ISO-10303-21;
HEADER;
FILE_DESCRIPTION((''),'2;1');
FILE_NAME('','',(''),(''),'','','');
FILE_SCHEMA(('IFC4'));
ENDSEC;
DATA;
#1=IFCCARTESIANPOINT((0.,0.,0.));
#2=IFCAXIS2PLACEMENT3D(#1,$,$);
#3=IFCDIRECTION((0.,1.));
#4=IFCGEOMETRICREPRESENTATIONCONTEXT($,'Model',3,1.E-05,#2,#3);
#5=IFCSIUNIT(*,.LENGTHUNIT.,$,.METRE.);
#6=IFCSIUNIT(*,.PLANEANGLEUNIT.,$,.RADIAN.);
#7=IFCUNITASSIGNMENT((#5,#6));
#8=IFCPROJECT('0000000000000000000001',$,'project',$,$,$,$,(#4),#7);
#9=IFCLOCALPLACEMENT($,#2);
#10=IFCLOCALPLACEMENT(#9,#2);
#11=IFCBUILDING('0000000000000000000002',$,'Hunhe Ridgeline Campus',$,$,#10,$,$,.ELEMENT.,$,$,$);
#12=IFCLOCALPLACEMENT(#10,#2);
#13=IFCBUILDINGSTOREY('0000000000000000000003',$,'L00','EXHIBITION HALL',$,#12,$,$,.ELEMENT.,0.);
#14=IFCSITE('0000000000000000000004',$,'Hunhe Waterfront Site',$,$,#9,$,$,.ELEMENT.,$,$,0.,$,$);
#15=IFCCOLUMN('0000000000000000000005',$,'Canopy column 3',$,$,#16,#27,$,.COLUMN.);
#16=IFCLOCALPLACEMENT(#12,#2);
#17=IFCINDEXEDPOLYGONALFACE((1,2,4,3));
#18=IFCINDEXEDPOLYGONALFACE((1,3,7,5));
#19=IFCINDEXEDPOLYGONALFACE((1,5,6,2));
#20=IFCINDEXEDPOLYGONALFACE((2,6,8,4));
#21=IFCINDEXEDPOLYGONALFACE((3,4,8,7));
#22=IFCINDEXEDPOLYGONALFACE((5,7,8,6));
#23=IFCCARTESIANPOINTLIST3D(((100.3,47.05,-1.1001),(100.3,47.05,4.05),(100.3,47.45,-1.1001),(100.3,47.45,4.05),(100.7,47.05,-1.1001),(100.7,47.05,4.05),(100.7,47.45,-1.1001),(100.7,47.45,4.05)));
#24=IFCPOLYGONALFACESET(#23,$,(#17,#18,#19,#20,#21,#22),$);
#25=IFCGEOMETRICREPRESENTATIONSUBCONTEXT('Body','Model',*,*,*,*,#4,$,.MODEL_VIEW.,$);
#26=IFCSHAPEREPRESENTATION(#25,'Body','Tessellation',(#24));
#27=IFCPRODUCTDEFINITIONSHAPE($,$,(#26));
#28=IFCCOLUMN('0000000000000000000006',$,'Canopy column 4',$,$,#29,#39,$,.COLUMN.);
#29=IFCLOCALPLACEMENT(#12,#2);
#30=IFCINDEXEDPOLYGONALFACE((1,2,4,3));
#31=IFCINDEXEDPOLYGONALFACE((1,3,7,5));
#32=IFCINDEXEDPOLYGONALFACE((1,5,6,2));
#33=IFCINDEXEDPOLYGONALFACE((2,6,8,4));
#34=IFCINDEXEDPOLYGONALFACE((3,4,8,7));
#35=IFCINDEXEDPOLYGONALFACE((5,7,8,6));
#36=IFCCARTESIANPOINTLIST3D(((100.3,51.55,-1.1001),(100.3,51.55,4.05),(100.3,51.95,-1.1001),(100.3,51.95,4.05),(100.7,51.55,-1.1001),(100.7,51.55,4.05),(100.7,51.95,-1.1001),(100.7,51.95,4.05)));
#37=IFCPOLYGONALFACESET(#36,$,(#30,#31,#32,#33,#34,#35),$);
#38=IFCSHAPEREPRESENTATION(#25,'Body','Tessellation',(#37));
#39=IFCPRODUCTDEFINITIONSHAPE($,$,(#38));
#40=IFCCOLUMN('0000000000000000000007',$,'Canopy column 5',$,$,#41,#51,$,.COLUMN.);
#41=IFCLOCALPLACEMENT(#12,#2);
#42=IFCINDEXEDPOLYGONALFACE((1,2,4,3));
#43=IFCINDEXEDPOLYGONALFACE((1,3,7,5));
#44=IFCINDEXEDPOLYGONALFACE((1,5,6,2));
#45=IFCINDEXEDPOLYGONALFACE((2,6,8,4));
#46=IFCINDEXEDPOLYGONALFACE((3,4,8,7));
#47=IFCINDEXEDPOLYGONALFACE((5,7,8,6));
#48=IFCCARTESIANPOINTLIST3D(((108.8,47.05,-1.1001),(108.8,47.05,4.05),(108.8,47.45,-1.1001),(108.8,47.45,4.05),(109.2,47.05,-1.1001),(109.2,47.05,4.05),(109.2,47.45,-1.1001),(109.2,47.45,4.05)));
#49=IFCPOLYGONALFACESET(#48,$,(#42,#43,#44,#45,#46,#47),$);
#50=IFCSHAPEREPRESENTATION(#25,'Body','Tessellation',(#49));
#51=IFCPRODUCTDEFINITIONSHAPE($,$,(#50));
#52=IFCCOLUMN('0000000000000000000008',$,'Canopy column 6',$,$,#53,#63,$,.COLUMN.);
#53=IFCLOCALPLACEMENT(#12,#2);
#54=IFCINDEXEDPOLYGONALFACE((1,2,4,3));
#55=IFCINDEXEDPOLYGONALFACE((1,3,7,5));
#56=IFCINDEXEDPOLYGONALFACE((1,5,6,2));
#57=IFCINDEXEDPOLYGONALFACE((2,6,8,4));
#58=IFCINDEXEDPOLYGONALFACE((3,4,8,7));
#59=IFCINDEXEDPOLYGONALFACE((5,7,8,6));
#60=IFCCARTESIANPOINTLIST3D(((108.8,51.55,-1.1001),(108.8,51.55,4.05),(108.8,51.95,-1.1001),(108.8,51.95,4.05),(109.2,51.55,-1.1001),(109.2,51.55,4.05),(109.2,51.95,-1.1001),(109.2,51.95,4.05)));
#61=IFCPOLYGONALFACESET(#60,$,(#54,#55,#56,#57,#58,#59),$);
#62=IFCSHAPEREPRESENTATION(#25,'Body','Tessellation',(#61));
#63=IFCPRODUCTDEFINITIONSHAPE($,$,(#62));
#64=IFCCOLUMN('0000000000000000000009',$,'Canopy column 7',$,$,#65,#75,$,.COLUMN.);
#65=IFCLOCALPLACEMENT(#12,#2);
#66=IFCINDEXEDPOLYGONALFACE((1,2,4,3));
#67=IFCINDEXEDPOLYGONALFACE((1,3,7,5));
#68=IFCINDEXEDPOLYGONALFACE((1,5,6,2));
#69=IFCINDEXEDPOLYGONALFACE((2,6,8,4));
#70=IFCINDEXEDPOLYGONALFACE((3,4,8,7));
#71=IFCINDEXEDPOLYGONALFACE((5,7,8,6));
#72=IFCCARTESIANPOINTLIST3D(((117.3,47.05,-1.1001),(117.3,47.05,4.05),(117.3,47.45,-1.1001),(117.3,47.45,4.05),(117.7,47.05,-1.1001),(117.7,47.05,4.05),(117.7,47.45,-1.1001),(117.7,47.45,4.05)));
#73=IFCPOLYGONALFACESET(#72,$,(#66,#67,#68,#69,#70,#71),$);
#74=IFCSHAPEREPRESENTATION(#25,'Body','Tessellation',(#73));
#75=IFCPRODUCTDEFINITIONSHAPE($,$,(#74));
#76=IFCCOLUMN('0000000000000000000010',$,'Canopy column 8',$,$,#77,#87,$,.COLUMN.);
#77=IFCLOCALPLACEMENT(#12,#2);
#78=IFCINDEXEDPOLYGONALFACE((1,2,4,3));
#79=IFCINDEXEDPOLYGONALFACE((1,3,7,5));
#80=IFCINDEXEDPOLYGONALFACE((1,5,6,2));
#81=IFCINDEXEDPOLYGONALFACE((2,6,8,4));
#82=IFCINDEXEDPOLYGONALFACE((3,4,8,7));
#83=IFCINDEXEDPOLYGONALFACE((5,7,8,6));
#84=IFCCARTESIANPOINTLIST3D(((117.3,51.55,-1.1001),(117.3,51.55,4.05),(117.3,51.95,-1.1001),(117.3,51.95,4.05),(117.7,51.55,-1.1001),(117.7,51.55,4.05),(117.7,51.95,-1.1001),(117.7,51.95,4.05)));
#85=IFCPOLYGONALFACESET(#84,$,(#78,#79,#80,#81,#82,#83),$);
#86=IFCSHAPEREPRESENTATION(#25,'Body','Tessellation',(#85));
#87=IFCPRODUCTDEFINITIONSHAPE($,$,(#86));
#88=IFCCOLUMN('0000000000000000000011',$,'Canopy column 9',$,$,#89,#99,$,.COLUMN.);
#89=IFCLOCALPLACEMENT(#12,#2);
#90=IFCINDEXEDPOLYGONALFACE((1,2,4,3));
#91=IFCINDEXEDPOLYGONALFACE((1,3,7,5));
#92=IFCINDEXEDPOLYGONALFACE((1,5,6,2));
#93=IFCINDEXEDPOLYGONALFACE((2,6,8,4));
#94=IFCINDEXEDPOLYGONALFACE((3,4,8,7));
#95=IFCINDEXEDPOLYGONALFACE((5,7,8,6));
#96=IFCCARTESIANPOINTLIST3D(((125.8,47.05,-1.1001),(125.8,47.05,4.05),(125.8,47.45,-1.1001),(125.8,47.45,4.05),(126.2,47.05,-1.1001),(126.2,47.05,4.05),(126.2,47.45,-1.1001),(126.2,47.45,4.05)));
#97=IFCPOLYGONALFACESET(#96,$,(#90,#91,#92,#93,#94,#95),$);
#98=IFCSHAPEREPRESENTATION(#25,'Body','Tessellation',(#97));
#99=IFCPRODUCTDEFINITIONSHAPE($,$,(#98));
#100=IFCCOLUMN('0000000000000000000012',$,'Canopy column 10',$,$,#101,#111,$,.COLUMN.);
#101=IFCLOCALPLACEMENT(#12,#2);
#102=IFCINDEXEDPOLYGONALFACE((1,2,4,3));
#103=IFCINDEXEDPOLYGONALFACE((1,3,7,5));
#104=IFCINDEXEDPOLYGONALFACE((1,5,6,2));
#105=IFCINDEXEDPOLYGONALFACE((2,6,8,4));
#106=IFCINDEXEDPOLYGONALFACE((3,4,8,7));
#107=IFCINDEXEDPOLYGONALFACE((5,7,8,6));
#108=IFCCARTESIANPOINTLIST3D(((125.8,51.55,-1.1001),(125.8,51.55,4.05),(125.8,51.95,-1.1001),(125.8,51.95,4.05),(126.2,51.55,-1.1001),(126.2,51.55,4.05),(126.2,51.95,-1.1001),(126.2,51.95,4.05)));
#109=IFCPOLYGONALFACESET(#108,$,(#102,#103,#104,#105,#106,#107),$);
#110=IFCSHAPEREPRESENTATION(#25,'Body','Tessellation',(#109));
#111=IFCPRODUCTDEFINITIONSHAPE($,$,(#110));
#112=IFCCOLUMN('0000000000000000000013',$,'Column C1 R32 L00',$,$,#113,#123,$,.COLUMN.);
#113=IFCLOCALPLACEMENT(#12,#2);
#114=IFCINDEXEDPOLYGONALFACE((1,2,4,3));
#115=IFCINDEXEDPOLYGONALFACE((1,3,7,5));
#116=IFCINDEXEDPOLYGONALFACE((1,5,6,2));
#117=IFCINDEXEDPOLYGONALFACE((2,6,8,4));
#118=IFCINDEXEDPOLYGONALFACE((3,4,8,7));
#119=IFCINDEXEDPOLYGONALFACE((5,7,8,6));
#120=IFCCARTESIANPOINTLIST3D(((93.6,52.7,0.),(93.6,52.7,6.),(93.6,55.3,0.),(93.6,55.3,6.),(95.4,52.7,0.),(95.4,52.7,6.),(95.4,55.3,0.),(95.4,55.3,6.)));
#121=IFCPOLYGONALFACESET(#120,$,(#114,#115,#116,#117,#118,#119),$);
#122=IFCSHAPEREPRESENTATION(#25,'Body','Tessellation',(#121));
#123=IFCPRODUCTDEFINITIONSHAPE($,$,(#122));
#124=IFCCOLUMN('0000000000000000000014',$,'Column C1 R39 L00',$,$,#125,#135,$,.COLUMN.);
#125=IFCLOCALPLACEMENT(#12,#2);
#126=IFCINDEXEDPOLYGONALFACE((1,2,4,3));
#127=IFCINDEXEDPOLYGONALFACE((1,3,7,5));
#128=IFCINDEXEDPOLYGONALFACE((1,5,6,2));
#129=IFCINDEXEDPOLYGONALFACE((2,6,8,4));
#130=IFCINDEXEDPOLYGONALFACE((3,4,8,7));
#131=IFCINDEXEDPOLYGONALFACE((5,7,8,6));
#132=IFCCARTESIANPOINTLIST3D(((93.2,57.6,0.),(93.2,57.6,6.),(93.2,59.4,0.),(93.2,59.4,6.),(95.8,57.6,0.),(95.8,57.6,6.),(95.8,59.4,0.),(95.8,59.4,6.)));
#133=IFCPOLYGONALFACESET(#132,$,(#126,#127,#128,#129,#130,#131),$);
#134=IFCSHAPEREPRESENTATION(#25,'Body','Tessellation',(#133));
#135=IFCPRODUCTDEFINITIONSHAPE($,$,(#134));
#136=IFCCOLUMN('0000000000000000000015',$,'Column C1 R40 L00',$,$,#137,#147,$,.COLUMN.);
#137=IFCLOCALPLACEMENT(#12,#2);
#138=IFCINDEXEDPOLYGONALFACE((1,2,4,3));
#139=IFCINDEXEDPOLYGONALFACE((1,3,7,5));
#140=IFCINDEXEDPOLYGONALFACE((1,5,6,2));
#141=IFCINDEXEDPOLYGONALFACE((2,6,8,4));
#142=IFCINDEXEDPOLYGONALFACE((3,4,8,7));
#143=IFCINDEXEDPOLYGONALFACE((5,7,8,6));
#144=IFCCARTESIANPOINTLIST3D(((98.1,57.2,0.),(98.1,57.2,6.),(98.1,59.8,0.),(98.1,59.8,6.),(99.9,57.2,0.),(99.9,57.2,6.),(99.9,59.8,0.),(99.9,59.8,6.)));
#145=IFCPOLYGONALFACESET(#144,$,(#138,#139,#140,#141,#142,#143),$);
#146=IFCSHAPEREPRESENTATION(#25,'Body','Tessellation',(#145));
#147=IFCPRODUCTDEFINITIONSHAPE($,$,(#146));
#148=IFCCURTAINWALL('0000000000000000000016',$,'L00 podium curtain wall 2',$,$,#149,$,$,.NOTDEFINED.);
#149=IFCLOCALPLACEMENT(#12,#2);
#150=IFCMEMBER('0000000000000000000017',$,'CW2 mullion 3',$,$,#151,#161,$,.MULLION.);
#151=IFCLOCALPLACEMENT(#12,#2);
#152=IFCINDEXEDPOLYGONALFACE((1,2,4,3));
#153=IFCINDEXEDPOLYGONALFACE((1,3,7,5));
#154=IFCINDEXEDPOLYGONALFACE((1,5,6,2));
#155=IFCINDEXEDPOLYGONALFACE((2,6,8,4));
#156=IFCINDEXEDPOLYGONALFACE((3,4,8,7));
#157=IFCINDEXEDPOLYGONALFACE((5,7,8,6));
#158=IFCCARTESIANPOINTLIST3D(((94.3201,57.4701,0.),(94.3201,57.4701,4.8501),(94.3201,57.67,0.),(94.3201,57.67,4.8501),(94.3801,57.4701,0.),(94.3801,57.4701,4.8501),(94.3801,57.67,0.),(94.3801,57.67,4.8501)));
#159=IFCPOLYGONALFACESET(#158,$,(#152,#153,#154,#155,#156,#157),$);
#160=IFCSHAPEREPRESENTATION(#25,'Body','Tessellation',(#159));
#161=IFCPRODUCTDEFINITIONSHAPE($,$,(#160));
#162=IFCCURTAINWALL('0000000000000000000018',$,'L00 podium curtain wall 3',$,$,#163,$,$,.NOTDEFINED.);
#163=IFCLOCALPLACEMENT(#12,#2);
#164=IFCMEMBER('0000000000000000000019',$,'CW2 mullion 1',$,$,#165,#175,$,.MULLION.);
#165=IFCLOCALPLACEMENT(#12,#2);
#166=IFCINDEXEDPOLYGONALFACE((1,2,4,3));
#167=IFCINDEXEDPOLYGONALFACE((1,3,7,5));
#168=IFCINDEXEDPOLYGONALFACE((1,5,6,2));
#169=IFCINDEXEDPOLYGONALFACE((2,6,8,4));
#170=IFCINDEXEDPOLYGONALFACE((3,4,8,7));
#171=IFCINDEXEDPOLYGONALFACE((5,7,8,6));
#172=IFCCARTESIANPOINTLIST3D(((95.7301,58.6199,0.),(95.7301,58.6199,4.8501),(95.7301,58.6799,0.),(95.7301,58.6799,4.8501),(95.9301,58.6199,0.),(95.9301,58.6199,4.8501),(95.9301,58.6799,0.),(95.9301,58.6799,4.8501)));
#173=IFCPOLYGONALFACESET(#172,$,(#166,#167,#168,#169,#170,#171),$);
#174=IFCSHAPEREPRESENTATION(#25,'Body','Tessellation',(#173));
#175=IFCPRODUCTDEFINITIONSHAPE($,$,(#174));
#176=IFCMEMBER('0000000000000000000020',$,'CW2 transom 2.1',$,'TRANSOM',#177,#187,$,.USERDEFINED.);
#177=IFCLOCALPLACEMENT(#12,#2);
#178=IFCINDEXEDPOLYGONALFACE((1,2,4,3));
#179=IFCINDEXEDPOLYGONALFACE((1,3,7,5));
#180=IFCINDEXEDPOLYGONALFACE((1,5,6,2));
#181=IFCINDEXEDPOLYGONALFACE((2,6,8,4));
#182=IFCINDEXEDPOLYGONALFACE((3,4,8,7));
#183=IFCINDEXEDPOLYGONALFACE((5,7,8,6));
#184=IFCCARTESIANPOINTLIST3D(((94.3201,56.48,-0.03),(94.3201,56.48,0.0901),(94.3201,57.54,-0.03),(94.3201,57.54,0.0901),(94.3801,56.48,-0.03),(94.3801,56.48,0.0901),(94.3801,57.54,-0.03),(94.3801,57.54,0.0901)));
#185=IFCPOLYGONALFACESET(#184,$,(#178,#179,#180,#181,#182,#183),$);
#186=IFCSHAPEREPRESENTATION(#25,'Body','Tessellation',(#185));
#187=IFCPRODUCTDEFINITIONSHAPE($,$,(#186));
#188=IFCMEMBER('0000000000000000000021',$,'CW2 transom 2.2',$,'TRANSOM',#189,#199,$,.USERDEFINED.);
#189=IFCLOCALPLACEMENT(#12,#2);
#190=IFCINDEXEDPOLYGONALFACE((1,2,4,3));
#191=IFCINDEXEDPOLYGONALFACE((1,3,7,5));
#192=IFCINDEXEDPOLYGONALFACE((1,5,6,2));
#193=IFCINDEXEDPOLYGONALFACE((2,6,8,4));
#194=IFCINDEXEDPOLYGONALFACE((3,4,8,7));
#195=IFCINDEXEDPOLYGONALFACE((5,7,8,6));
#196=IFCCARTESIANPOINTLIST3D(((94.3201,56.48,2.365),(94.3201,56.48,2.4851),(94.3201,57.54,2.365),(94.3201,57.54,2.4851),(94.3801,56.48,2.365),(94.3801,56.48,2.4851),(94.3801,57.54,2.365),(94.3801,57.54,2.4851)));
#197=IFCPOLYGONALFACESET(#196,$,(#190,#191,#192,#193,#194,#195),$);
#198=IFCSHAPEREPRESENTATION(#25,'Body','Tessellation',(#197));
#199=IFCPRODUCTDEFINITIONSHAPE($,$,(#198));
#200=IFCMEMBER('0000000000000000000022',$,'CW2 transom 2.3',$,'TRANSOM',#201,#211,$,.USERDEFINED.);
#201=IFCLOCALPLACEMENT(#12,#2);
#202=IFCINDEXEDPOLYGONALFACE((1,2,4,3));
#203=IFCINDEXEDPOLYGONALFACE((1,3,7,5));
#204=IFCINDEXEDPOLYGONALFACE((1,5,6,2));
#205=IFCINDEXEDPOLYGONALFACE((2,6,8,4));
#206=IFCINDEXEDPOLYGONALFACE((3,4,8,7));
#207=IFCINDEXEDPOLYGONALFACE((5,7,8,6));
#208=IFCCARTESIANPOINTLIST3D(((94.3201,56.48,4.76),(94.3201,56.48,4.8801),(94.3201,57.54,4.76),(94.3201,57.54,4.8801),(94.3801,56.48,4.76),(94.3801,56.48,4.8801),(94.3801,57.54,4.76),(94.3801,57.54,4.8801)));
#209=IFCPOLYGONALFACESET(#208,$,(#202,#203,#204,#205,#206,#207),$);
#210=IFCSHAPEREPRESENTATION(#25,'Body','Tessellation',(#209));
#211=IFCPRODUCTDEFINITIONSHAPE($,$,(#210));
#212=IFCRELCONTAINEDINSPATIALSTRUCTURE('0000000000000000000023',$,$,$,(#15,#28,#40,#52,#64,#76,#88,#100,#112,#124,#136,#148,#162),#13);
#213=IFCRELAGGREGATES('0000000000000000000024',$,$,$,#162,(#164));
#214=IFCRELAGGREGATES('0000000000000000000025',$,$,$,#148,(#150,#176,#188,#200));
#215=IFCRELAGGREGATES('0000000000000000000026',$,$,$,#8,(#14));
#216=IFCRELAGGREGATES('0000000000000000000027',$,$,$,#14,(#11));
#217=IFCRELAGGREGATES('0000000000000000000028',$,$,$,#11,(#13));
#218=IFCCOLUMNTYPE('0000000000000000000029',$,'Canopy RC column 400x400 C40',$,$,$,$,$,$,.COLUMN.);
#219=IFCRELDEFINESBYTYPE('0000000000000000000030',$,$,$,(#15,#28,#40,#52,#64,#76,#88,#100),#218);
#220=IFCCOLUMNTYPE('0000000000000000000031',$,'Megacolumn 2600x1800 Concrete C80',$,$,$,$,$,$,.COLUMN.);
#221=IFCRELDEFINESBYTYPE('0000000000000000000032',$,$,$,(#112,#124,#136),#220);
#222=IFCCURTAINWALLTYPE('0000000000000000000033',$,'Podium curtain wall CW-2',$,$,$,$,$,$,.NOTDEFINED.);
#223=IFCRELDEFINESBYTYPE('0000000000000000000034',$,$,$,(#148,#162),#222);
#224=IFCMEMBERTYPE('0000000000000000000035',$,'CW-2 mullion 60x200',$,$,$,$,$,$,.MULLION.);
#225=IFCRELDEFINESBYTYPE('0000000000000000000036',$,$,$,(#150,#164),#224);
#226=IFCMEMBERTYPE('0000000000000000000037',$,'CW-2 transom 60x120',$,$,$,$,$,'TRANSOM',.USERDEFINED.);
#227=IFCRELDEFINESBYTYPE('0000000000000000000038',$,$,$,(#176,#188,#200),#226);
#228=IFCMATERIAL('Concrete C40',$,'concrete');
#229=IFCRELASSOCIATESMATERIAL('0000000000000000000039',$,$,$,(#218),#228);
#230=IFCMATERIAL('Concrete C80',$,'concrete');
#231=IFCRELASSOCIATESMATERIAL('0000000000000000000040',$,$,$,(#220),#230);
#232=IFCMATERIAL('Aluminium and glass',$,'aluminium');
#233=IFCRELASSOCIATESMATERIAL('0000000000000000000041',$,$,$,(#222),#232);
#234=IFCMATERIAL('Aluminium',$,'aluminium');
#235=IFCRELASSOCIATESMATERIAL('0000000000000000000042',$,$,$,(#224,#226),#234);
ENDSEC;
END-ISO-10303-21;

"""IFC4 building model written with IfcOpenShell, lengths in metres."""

from ifc_helpers import new_model, si_unit, direction, frame, origin, origin_2d, place, context, subcontext, project, spatial, rectangle, extrude, material, material_profile, profile_set, type_object, element, aggregate, save


model = new_model("IFC4")

# Units and contexts
model_context = context("Model", 3, precision=1e-05, world=origin(), true_north=direction((0.0, 1.0)))
body_context = subcontext(model_context, "Body", "Model", "MODEL_VIEW")
ifc_project = project(units=[si_unit("LENGTHUNIT", "METRE"), si_unit("PLANEANGLEUNIT", "RADIAN")], contexts=[model_context])

# Site, building, storey
site_placement = place(None, origin())
site = spatial("IfcSite", under=ifc_project, at=site_placement, Name="Hunhe Waterfront Site", CompositionType="ELEMENT", RefElevation=0.0)
building_placement = place(site_placement, origin())
building = spatial("IfcBuilding", under=site, at=building_placement, Name="Hunhe Ridgeline Campus", CompositionType="ELEMENT")
storey_placement = place(building_placement, origin())
storey = spatial("IfcBuildingStorey", under=building, at=storey_placement, Name="L00", Description="EXHIBITION HALL", CompositionType="ELEMENT", Elevation=0.0)

# Columns
ifc_material_1 = material(Name="Concrete C40", Category="concrete")
ifc_material_profile_1 = material_profile(ifc_material_1, rectangle(XDim=0.3999, YDim=0.3999, at=origin_2d()))
ifc_profile_set_1 = profile_set([ifc_material_profile_1], Name="Concrete C40")
column_type_1 = type_object("IfcColumnType", Name="Canopy RC column 400x400 C40", PredefinedType="COLUMN", material=ifc_profile_set_1)
for number, where, z_axis, x_axis, name in (
    (1, (100.5, 47.25, -1.1001), (0.0, 0.0, 1.0), (1.0, 0.0, 0.0), "Canopy column 3"),
    (2, (100.5, 51.75, -1.1001), (0.0, 0.0, 1.0), (1.0, 0.0, 0.0), "Canopy column 4"),
    (3, (109.0, 47.25, -1.1001), (0.0, 0.0, 1.0), (1.0, 0.0, 0.0), "Canopy column 5"),
    (4, (109.0, 51.75, -1.1001), (0.0, 0.0, 1.0), (1.0, 0.0, 0.0), "Canopy column 6"),
    (5, (117.5, 47.25, -1.1001), (0.0, 0.0, 1.0), (1.0, 0.0, 0.0), "Canopy column 7"),
    (6, (117.5, 51.75, -1.1001), (0.0, 0.0, 1.0), (1.0, 0.0, 0.0), "Canopy column 8"),
    (7, (126.0, 47.25, -1.1001), (0.0, 0.0, 1.0), (1.0, 0.0, 0.0), "Canopy column 9"),
    (8, (126.0, 51.75, -1.1001), (0.0, 0.0, 1.0), (1.0, 0.0, 0.0), "Canopy column 10"),
):
    element("IfcColumn", number, at=place(storey_placement, frame(where, z_axis=z_axis, x_axis=x_axis)), inside=storey, type_object=column_type_1, Name=name, PredefinedType="COLUMN", context=body_context, shape_type="SweptSolid", body=[
        extrude(rectangle(XDim=0.3999, YDim=0.3999, at=origin_2d()), origin(), (0.0, 0.0, 1.0), 5.1501),
    ])
ifc_material_2 = material(Name="Concrete C80", Category="concrete")
ifc_material_profile_2 = material_profile(ifc_material_2, rectangle(XDim=2.6001, YDim=1.8, at=origin_2d()))
ifc_profile_set_2 = profile_set([ifc_material_profile_2], Name="Concrete C80")
column_type_2 = type_object("IfcColumnType", Name="Megacolumn 2600x1800 Concrete C80", PredefinedType="COLUMN", material=ifc_profile_set_2)
for number, where, z_axis, x_axis, name in (
    (9, (94.5, 54.0, 0.0), (0.0, 0.0, 1.0), (0.0, 1.0, 0.0), "Column C1 R32 L00"),
    (10, (94.5, 58.5, 0.0), (0.0, 0.0, 1.0), (1.0, 0.0, 0.0), "Column C1 R39 L00"),
    (11, (99.0, 58.5, 0.0), (0.0, 0.0, 1.0), (0.0, 1.0, 0.0), "Column C1 R40 L00"),
):
    element("IfcColumn", number, at=place(storey_placement, frame(where, z_axis=z_axis, x_axis=x_axis)), inside=storey, type_object=column_type_2, Name=name, PredefinedType="COLUMN", context=body_context, shape_type="SweptSolid", body=[
        extrude(rectangle(XDim=2.6001, YDim=1.8, at=origin_2d()), origin(), (0.0, 0.0, 1.0), 6.0),
    ])

# Curtain walls, members
ifc_material_3 = material(Name="Aluminium and glass", Category="aluminium")
curtain_wall_type = type_object("IfcCurtainWallType", Name="Podium curtain wall CW-2", PredefinedType="NOTDEFINED", material=ifc_material_3)
curtain_wall_1_placement = place(storey_placement, origin())
curtain_wall_1 = element("IfcCurtainWall", 12, at=curtain_wall_1_placement, inside=storey, type_object=curtain_wall_type, Name="L00 podium curtain wall 2", PredefinedType="NOTDEFINED")
ifc_material_4 = material(Name="Aluminium", Category="aluminium")
ifc_material_profile_3 = material_profile(ifc_material_4, rectangle(XDim=0.0601, YDim=0.2, at=origin_2d()))
ifc_profile_set_3 = profile_set([ifc_material_profile_3], Name="Aluminium")
member_type_1 = type_object("IfcMemberType", Name="CW-2 mullion 60x200", PredefinedType="MULLION", material=ifc_profile_set_3)
member_1_placement = place(storey_placement, frame((94.3501, 57.5701, 0.0), z_axis=(0.0, 0.0, 1.0), x_axis=(-1.0, 0.0, 0.0)))
member_1 = element("IfcMember", 13, at=member_1_placement, type_object=member_type_1, Name="CW2 mullion 3", PredefinedType="MULLION", context=body_context, shape_type="SweptSolid", body=[
    extrude(rectangle(XDim=0.0601, YDim=0.2, at=origin_2d()), origin(), (0.0, 0.0, 1.0), 4.8501),
])
curtain_wall_2_placement = place(storey_placement, origin())
curtain_wall_2 = element("IfcCurtainWall", 14, at=curtain_wall_2_placement, inside=storey, type_object=curtain_wall_type, Name="L00 podium curtain wall 3", PredefinedType="NOTDEFINED")
member_2_placement = place(storey_placement, frame((95.8301, 58.6499, 0.0), z_axis=(0.0, 0.0, 1.0), x_axis=(0.0, 1.0, 0.0)))
member_2 = element("IfcMember", 15, at=member_2_placement, type_object=member_type_1, Name="CW2 mullion 1", PredefinedType="MULLION", context=body_context, shape_type="SweptSolid", body=[
    extrude(rectangle(XDim=0.0601, YDim=0.2, at=origin_2d()), origin(), (0.0, 0.0, 1.0), 4.8501),
])

# Members
ifc_material_profile_4 = material_profile(ifc_material_4, rectangle(XDim=0.0601, YDim=0.1201, at=origin_2d()))
ifc_profile_set_4 = profile_set([ifc_material_profile_4], Name="Aluminium")
member_type_2 = type_object("IfcMemberType", Name="CW-2 transom 60x120", ElementType="TRANSOM", PredefinedType="USERDEFINED", material=ifc_profile_set_4)
member_3_placement = place(storey_placement, frame((94.3501, 56.48, 0.03), z_axis=(0.0, 1.0, 0.0), x_axis=(-1.0, 0.0, 0.0)))
member_3 = element("IfcMember", 16, at=member_3_placement, type_object=member_type_2, Name="CW2 transom 2.1", ObjectType="TRANSOM", PredefinedType="USERDEFINED", context=body_context, shape_type="SweptSolid", body=[
    extrude(rectangle(XDim=0.0601, YDim=0.1201, at=origin_2d()), origin(), (0.0, 0.0, 1.0), 1.0601),
])
member_4_placement = place(storey_placement, frame((94.3501, 56.48, 2.425), z_axis=(0.0, 1.0, 0.0), x_axis=(-1.0, 0.0, 0.0)))
member_4 = element("IfcMember", 17, at=member_4_placement, type_object=member_type_2, Name="CW2 transom 2.2", ObjectType="TRANSOM", PredefinedType="USERDEFINED", context=body_context, shape_type="SweptSolid", body=[
    extrude(rectangle(XDim=0.0601, YDim=0.1201, at=origin_2d()), origin(), (0.0, 0.0, 1.0), 1.0601),
])
member_5_placement = place(storey_placement, frame((94.3501, 56.48, 4.8201), z_axis=(0.0, 1.0, 0.0), x_axis=(-1.0, 0.0, 0.0)))
member_5 = element("IfcMember", 18, at=member_5_placement, type_object=member_type_2, Name="CW2 transom 2.3", ObjectType="TRANSOM", PredefinedType="USERDEFINED", context=body_context, shape_type="SweptSolid", body=[
    extrude(rectangle(XDim=0.0601, YDim=0.1201, at=origin_2d()), origin(), (0.0, 0.0, 1.0), 1.0601),
])
aggregate(curtain_wall_2, [member_2])

aggregate(curtain_wall_1, [member_1, member_3, member_4, member_5])

save(model, "model.ifc")
